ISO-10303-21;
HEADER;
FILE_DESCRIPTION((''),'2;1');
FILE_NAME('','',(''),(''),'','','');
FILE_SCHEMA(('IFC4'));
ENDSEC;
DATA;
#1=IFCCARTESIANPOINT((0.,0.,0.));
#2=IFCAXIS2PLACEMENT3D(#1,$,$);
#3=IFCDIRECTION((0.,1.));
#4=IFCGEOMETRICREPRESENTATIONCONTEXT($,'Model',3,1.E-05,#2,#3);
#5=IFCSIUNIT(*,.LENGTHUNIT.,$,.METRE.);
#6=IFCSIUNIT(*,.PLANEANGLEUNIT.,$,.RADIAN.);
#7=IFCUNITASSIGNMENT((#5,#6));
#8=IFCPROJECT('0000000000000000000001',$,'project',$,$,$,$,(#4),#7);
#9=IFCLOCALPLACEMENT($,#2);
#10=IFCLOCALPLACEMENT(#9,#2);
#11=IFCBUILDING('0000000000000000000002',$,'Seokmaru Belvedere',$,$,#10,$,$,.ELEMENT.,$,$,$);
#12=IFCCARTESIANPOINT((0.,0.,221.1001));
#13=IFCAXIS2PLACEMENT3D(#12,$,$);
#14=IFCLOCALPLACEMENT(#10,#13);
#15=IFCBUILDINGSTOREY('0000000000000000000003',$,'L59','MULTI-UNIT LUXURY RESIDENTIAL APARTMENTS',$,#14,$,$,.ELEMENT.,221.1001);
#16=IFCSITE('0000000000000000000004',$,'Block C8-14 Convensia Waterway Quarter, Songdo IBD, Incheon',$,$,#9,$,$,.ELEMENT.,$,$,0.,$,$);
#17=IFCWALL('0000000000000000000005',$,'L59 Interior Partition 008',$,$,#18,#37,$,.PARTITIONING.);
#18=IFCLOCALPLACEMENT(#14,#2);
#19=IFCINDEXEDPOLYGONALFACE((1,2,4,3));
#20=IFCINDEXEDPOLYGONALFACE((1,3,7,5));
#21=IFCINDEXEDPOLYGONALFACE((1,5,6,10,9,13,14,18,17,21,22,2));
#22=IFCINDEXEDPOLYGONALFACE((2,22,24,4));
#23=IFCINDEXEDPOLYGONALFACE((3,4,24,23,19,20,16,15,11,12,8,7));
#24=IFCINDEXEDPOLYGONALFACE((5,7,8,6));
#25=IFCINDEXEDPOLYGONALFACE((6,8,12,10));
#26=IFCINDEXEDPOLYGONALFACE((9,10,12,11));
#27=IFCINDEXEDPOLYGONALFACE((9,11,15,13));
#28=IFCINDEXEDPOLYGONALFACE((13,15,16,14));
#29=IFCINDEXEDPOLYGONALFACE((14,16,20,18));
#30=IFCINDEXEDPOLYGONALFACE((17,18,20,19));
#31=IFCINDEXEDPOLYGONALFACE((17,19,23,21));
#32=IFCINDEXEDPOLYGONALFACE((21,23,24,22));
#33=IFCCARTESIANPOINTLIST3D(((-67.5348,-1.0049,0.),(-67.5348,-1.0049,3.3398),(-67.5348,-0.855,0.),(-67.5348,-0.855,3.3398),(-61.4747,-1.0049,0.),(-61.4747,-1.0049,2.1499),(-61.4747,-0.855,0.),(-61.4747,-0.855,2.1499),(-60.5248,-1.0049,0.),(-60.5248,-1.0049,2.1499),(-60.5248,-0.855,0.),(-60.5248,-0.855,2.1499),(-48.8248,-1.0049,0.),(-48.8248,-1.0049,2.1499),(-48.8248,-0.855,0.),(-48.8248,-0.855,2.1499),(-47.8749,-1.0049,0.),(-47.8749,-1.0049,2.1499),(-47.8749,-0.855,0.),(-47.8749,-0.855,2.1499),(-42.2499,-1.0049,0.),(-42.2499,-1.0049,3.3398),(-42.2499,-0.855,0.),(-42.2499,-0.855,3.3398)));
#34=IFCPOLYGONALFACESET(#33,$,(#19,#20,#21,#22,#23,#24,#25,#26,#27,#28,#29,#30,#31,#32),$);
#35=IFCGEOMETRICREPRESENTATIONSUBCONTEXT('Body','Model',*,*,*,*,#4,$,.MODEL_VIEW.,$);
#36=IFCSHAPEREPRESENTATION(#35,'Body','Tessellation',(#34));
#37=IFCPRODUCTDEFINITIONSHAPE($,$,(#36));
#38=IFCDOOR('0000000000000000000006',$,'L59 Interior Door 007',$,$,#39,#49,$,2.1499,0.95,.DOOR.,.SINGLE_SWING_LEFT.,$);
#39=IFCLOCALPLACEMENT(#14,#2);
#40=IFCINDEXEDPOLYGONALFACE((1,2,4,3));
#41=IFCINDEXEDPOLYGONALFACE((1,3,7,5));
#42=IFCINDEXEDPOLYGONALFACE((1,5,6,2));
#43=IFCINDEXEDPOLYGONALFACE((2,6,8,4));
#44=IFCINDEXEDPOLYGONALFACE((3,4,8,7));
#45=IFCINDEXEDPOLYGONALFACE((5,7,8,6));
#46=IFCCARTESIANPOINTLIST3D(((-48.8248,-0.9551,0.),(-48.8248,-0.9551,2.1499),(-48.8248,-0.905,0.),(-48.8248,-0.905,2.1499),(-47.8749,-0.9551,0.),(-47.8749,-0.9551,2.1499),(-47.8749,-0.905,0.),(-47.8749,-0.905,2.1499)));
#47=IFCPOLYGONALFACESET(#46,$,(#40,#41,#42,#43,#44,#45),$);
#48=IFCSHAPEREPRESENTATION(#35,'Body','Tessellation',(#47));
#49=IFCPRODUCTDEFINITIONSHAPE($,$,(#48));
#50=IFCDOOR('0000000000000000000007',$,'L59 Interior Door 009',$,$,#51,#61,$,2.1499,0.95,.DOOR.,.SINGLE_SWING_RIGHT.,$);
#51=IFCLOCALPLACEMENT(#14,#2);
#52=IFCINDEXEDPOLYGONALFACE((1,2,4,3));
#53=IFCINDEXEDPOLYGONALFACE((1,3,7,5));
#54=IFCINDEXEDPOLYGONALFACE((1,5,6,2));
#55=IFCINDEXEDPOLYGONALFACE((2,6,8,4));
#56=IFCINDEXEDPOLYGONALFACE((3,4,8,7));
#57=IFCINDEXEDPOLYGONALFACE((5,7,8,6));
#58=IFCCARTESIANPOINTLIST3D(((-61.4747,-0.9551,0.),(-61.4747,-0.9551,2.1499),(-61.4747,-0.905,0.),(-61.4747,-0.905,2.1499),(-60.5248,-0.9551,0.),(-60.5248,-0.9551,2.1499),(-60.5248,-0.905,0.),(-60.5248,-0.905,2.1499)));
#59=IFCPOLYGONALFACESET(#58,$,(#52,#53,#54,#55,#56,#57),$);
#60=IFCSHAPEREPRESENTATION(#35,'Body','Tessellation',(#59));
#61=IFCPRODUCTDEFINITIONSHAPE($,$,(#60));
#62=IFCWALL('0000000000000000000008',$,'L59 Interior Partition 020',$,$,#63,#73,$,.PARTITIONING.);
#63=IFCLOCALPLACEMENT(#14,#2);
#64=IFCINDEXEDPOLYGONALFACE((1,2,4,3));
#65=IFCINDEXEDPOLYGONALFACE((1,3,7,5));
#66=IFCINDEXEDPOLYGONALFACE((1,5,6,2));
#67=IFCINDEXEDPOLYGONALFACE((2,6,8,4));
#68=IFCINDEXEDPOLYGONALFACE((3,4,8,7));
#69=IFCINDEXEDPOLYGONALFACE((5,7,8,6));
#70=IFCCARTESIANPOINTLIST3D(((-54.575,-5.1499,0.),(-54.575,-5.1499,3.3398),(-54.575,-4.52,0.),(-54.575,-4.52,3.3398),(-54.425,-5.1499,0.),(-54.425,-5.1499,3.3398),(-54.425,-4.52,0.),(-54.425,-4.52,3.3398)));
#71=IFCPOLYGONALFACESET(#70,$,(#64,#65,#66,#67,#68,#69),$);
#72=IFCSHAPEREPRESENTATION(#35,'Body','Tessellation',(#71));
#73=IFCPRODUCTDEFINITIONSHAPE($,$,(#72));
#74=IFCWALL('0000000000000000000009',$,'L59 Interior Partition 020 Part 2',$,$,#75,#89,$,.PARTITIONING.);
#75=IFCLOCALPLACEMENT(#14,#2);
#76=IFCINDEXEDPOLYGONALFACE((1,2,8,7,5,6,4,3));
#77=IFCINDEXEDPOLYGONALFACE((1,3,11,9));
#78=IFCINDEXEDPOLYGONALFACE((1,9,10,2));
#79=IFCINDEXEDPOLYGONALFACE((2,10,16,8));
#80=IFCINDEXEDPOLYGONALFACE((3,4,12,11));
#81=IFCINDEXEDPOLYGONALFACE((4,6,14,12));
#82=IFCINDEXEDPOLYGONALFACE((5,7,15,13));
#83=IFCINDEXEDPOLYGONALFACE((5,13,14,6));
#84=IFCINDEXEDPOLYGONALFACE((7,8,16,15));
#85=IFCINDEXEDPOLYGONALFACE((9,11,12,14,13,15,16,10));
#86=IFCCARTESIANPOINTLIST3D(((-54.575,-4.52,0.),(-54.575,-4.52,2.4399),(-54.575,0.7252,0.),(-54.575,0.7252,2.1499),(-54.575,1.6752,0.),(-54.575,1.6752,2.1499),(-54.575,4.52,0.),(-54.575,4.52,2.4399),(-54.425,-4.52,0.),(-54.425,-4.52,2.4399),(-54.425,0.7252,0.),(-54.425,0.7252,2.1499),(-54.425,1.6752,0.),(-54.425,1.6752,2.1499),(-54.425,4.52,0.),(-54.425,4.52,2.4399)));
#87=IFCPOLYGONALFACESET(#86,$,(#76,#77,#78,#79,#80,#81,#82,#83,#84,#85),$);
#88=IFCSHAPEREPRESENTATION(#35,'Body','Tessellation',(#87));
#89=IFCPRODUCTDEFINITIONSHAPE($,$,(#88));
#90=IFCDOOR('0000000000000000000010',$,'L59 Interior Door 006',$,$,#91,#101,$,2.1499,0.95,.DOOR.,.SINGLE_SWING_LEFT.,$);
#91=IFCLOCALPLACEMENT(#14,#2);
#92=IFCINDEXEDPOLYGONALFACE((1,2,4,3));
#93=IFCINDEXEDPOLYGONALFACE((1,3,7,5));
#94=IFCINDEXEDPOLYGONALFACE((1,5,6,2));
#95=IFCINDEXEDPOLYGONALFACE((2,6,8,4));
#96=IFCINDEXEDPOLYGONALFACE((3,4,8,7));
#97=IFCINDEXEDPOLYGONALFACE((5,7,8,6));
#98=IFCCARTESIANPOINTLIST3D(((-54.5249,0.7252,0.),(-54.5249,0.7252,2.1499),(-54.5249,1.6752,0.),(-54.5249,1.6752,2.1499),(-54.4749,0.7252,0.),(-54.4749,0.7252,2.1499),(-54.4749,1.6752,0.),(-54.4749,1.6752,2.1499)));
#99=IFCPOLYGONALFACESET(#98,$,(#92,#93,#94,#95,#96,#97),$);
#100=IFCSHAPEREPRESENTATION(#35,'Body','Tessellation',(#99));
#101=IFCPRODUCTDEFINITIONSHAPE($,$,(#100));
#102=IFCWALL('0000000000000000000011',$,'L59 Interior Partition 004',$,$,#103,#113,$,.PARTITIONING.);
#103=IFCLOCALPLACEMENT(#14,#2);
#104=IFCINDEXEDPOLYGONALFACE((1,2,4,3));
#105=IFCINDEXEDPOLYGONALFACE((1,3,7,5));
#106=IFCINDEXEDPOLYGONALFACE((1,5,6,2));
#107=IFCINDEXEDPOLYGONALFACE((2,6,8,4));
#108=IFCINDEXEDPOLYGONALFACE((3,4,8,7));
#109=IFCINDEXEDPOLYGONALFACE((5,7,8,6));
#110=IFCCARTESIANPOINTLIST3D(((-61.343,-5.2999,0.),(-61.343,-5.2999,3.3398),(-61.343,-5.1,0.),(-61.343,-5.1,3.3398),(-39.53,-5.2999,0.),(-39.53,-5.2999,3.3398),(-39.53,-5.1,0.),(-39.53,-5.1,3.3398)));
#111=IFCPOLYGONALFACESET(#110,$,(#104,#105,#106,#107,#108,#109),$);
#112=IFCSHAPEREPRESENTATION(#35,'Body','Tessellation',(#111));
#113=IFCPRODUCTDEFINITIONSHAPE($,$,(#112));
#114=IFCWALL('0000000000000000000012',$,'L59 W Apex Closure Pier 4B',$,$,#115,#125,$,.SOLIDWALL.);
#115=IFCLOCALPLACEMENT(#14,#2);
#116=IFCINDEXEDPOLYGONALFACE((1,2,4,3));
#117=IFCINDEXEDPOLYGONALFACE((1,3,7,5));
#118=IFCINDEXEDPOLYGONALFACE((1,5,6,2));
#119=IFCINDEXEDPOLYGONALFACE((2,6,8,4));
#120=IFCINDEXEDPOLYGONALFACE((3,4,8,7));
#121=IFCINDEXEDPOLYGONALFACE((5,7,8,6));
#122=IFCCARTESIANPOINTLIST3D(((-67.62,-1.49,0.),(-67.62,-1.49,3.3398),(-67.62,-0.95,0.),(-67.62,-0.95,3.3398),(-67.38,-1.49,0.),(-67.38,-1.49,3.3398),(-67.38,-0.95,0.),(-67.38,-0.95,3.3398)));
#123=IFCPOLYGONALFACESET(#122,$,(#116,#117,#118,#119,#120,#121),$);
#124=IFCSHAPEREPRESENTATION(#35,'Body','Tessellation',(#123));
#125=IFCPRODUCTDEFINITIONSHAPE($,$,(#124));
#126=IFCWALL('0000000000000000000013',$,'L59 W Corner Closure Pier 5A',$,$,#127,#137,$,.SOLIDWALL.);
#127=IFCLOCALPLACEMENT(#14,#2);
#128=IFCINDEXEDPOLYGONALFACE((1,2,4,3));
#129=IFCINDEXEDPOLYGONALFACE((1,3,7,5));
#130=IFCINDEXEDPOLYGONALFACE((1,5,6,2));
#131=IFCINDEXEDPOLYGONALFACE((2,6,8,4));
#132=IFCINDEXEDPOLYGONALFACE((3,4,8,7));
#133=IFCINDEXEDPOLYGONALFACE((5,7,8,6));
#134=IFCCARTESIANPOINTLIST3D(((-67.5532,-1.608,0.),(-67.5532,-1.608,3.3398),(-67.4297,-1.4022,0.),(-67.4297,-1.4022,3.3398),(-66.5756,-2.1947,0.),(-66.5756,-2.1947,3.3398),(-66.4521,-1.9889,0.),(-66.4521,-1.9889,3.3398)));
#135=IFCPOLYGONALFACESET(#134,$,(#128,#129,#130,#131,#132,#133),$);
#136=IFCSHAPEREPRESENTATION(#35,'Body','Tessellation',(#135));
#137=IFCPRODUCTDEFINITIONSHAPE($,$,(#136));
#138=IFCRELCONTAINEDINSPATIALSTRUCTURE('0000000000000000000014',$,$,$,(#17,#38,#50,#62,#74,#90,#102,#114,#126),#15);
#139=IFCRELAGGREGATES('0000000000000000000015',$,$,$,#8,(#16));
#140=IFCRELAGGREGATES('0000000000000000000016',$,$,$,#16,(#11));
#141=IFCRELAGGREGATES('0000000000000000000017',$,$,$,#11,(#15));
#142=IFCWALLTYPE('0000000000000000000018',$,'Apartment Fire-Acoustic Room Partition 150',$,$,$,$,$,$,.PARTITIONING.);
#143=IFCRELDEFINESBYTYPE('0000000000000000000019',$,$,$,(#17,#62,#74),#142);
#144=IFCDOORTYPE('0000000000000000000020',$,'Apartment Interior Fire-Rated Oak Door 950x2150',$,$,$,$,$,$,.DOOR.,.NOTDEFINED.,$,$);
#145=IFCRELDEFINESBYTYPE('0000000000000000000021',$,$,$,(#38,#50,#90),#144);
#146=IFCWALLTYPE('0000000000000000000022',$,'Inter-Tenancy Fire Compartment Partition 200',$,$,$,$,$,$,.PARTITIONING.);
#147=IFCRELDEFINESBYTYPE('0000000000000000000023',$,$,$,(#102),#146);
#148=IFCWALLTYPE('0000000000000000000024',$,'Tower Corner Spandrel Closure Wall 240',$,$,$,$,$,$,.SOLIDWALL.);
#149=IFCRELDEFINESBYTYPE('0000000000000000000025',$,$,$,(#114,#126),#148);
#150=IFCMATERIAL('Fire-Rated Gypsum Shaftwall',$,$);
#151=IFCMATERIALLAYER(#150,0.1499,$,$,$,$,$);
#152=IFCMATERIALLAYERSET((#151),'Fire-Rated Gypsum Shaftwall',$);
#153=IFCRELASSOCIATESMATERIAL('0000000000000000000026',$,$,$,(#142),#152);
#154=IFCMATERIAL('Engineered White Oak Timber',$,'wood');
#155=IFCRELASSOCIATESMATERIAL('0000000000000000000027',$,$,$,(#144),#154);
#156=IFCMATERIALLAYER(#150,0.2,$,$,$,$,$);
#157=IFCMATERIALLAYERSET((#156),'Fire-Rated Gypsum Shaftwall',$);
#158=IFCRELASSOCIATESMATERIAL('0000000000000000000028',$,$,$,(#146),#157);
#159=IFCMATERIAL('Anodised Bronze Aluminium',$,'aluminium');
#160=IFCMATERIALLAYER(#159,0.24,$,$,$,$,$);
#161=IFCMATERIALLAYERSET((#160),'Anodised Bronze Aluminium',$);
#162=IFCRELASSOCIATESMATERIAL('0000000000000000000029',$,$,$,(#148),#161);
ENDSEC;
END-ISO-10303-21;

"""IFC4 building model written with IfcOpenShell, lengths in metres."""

from ifc_helpers import new_model, si_unit, direction, frame, frame_2d, origin, place, context, subcontext, project, spatial, rectangle, extrude, source, transform, mapped, material, layer, layer_set, type_object, type_shapes, element, fill, save


model = new_model("IFC4")

# Units and contexts
model_context = context("Model", 3, precision=1e-05, world=origin(), true_north=direction((0.0, 1.0)))
body_context = subcontext(model_context, "Body", "Model", "MODEL_VIEW")
ifc_project = project(units=[si_unit("LENGTHUNIT", "METRE"), si_unit("PLANEANGLEUNIT", "RADIAN")], contexts=[model_context])

# Site, building, storey
site_placement = place(None, origin())
site = spatial("IfcSite", under=ifc_project, at=site_placement, Name="Block C8-14 Convensia Waterway Quarter, Songdo IBD, Incheon", CompositionType="ELEMENT", RefElevation=0.0)
building_placement = place(site_placement, origin())
building = spatial("IfcBuilding", under=site, at=building_placement, Name="Seokmaru Belvedere", CompositionType="ELEMENT")
storey_placement = place(building_placement, frame((0.0, 0.0, 221.1001)))
storey = spatial("IfcBuildingStorey", under=building, at=storey_placement, Name="L59", Description="MULTI-UNIT LUXURY RESIDENTIAL APARTMENTS", CompositionType="ELEMENT", Elevation=221.1001)

# Shared definitions
ifc_material_1 = material(Name="Anodised Bronze Aluminium", Category="aluminium")

# Wall, openings, doors
ifc_material_2 = material(Name="Fire-Rated Gypsum Shaftwall")
ifc_layer_1 = layer(ifc_material_2, 0.1499)
ifc_layer_set_1 = layer_set([ifc_layer_1], Name="Fire-Rated Gypsum Shaftwall")
wall_type_1 = type_object("IfcWallType", Name="Apartment Fire-Acoustic Room Partition 150", PredefinedType="PARTITIONING", material=ifc_layer_set_1)
wall_1_placement = place(storey_placement, frame((-67.5349, -0.9299, 0.0), z_axis=(0.0, 0.0, 1.0), x_axis=(1.0, 0.0, 0.0)))
wall_1 = element("IfcWall", 1, at=wall_1_placement, inside=storey, type_object=wall_type_1, Name="L59 Interior Partition 008", PredefinedType="PARTITIONING", context=body_context, shape_type="SweptSolid", body=[
    extrude(rectangle(XDim=25.2849, YDim=0.1499, at=frame_2d((12.6426, 0.0))), origin(), (0.0, 0.0, 1.0), 3.3398),
])
opening_1_placement = place(wall_1_placement, frame((18.71, 0.0, 0.0)))
opening_1 = element("IfcOpeningElement", 2, at=opening_1_placement, cuts=wall_1, PredefinedType="OPENING", context=body_context, shape_type="SweptSolid", body=[
    extrude(rectangle(XDim=0.95, YDim=2.1499, at=frame_2d((0.4751, 1.075))), frame((0.0, 0.085, 0.0), z_axis=(0.0, -1.0, 0.0), x_axis=(1.0, 0.0, 0.0)), (0.0, 0.0, 1.0), 0.1699),
])
opening_2_placement = place(wall_1_placement, frame((6.0601, 0.0, 0.0)))
opening_2 = element("IfcOpeningElement", 3, at=opening_2_placement, cuts=wall_1, PredefinedType="OPENING", context=body_context, shape_type="SweptSolid", body=[
    extrude(rectangle(XDim=0.95, YDim=2.1499, at=frame_2d((0.4751, 1.075))), frame((0.0, 0.085, 0.0), z_axis=(0.0, -1.0, 0.0), x_axis=(1.0, 0.0, 0.0)), (0.0, 0.0, 1.0), 0.1699),
])
ifc_material_3 = material(Name="Engineered White Oak Timber", Category="wood")
door_type = type_object("IfcDoorType", Name="Apartment Interior Fire-Rated Oak Door 950x2150", OperationType="NOTDEFINED", PredefinedType="DOOR", material=ifc_material_3)
shared_shape_1 = source(origin(), body_context, "Body", "SweptSolid", [
    extrude(rectangle(XDim=0.95, YDim=2.1499, at=frame_2d((0.4751, 1.075))), frame((0.0, 0.0249, 0.0), z_axis=(0.0, -1.0, 0.0), x_axis=(1.0, 0.0, 0.0)), (0.0, 0.0, 1.0), 0.05),
])
type_shapes(door_type, [shared_shape_1])
door_1_placement = place(opening_1_placement, origin())
door_1 = element("IfcDoor", 4, at=door_1_placement, inside=storey, type_object=door_type, Name="L59 Interior Door 007", OperationType="SINGLE_SWING_LEFT", OverallHeight=2.1499, OverallWidth=0.95, PredefinedType="DOOR", context=body_context, shape_type="MappedRepresentation", body=[
    mapped(shared_shape_1, transform((0.0, 0.0, 0.0), scale=1.0)),
])
fill(opening_1, door_1)
door_2_placement = place(opening_2_placement, origin())
door_2 = element("IfcDoor", 5, at=door_2_placement, inside=storey, type_object=door_type, Name="L59 Interior Door 009", OperationType="SINGLE_SWING_RIGHT", OverallHeight=2.1499, OverallWidth=0.95, PredefinedType="DOOR", context=body_context, shape_type="MappedRepresentation", body=[
    mapped(shared_shape_1, transform((0.0, 0.0, 0.0), scale=1.0)),
])
fill(opening_2, door_2)

# Wall
wall_2_placement = place(storey_placement, frame((-54.5, -5.1499, 0.0), z_axis=(0.0, 0.0, 1.0), x_axis=(0.0, 1.0, 0.0)))
element("IfcWall", 6, at=wall_2_placement, inside=storey, type_object=wall_type_1, Name="L59 Interior Partition 020", PredefinedType="PARTITIONING", context=body_context, shape_type="SweptSolid", body=[
    extrude(rectangle(XDim=0.6299, YDim=0.1499, at=frame_2d((0.3149, 0.0))), origin(), (0.0, 0.0, 1.0), 3.3398),
])

# Wall, opening, door
wall_3_placement = place(storey_placement, frame((-54.5, -4.52, 0.0), z_axis=(0.0, 0.0, 1.0), x_axis=(0.0, 1.0, 0.0)))
wall_3 = element("IfcWall", 7, at=wall_3_placement, inside=storey, type_object=wall_type_1, Name="L59 Interior Partition 020 Part 2", PredefinedType="PARTITIONING", context=body_context, shape_type="SweptSolid", body=[
    extrude(rectangle(XDim=9.04, YDim=0.1499, at=frame_2d((4.52, 0.0))), origin(), (0.0, 0.0, 1.0), 2.4399),
])
opening_3_placement = place(wall_3_placement, frame((5.2451, 0.0, 0.0)))
opening_3 = element("IfcOpeningElement", 8, at=opening_3_placement, cuts=wall_3, PredefinedType="OPENING", context=body_context, shape_type="SweptSolid", body=[
    extrude(rectangle(XDim=0.95, YDim=2.1499, at=frame_2d((0.4751, 1.075))), frame((0.0, 0.085, 0.0), z_axis=(0.0, -1.0, 0.0), x_axis=(1.0, 0.0, 0.0)), (0.0, 0.0, 1.0), 0.1699),
])
door_3_placement = place(opening_3_placement, origin())
door_3 = element("IfcDoor", 9, at=door_3_placement, inside=storey, type_object=door_type, Name="L59 Interior Door 006", OperationType="SINGLE_SWING_LEFT", OverallHeight=2.1499, OverallWidth=0.95, PredefinedType="DOOR", context=body_context, shape_type="MappedRepresentation", body=[
    mapped(shared_shape_1, transform((0.0, 0.0, 0.0), scale=1.0)),
])
fill(opening_3, door_3)

# Walls
ifc_layer_2 = layer(ifc_material_2, 0.2)
ifc_layer_set_2 = layer_set([ifc_layer_2], Name="Fire-Rated Gypsum Shaftwall")
wall_type_2 = type_object("IfcWallType", Name="Inter-Tenancy Fire Compartment Partition 200", PredefinedType="PARTITIONING", material=ifc_layer_set_2)
wall_4_placement = place(storey_placement, frame((-61.343, -5.2, 0.0), z_axis=(0.0, 0.0, 1.0), x_axis=(1.0, 0.0, 0.0)))
element("IfcWall", 10, at=wall_4_placement, inside=storey, type_object=wall_type_2, Name="L59 Interior Partition 004", PredefinedType="PARTITIONING", context=body_context, shape_type="SweptSolid", body=[
    extrude(rectangle(XDim=21.813, YDim=0.2, at=frame_2d((10.9065, 0.0))), origin(), (0.0, 0.0, 1.0), 3.3398),
])
ifc_layer_3 = layer(ifc_material_1, 0.24)
ifc_layer_set_3 = layer_set([ifc_layer_3], Name="Anodised Bronze Aluminium")
wall_type_3 = type_object("IfcWallType", Name="Tower Corner Spandrel Closure Wall 240", PredefinedType="SOLIDWALL", material=ifc_layer_set_3)
wall_5_placement = place(storey_placement, frame((-67.5, -0.95, 0.0), z_axis=(0.0, 0.0, 1.0), x_axis=(0.0, -1.0, 0.0)))
element("IfcWall", 11, at=wall_5_placement, inside=storey, type_object=wall_type_3, Name="L59 W Apex Closure Pier 4B", PredefinedType="SOLIDWALL", context=body_context, shape_type="SweptSolid", body=[
    extrude(rectangle(XDim=0.54, YDim=0.24, at=frame_2d((0.27, 0.0))), origin(), (0.0, 0.0, 1.0), 3.3398),
])
wall_6_placement = place(storey_placement, frame((-67.4915, -1.5051, 0.0), z_axis=(0.0, 0.0, 1.0), x_axis=(0.857436, -0.51459, 0.0)))
element("IfcWall", 12, at=wall_6_placement, inside=storey, type_object=wall_type_3, Name="L59 W Corner Closure Pier 5A", PredefinedType="SOLIDWALL", context=body_context, shape_type="SweptSolid", body=[
    extrude(rectangle(XDim=1.1401, YDim=0.24, at=frame_2d((0.5701, 0.0))), origin(), (0.0, 0.0, 1.0), 3.3398),
])

save(model, "model.ifc")
